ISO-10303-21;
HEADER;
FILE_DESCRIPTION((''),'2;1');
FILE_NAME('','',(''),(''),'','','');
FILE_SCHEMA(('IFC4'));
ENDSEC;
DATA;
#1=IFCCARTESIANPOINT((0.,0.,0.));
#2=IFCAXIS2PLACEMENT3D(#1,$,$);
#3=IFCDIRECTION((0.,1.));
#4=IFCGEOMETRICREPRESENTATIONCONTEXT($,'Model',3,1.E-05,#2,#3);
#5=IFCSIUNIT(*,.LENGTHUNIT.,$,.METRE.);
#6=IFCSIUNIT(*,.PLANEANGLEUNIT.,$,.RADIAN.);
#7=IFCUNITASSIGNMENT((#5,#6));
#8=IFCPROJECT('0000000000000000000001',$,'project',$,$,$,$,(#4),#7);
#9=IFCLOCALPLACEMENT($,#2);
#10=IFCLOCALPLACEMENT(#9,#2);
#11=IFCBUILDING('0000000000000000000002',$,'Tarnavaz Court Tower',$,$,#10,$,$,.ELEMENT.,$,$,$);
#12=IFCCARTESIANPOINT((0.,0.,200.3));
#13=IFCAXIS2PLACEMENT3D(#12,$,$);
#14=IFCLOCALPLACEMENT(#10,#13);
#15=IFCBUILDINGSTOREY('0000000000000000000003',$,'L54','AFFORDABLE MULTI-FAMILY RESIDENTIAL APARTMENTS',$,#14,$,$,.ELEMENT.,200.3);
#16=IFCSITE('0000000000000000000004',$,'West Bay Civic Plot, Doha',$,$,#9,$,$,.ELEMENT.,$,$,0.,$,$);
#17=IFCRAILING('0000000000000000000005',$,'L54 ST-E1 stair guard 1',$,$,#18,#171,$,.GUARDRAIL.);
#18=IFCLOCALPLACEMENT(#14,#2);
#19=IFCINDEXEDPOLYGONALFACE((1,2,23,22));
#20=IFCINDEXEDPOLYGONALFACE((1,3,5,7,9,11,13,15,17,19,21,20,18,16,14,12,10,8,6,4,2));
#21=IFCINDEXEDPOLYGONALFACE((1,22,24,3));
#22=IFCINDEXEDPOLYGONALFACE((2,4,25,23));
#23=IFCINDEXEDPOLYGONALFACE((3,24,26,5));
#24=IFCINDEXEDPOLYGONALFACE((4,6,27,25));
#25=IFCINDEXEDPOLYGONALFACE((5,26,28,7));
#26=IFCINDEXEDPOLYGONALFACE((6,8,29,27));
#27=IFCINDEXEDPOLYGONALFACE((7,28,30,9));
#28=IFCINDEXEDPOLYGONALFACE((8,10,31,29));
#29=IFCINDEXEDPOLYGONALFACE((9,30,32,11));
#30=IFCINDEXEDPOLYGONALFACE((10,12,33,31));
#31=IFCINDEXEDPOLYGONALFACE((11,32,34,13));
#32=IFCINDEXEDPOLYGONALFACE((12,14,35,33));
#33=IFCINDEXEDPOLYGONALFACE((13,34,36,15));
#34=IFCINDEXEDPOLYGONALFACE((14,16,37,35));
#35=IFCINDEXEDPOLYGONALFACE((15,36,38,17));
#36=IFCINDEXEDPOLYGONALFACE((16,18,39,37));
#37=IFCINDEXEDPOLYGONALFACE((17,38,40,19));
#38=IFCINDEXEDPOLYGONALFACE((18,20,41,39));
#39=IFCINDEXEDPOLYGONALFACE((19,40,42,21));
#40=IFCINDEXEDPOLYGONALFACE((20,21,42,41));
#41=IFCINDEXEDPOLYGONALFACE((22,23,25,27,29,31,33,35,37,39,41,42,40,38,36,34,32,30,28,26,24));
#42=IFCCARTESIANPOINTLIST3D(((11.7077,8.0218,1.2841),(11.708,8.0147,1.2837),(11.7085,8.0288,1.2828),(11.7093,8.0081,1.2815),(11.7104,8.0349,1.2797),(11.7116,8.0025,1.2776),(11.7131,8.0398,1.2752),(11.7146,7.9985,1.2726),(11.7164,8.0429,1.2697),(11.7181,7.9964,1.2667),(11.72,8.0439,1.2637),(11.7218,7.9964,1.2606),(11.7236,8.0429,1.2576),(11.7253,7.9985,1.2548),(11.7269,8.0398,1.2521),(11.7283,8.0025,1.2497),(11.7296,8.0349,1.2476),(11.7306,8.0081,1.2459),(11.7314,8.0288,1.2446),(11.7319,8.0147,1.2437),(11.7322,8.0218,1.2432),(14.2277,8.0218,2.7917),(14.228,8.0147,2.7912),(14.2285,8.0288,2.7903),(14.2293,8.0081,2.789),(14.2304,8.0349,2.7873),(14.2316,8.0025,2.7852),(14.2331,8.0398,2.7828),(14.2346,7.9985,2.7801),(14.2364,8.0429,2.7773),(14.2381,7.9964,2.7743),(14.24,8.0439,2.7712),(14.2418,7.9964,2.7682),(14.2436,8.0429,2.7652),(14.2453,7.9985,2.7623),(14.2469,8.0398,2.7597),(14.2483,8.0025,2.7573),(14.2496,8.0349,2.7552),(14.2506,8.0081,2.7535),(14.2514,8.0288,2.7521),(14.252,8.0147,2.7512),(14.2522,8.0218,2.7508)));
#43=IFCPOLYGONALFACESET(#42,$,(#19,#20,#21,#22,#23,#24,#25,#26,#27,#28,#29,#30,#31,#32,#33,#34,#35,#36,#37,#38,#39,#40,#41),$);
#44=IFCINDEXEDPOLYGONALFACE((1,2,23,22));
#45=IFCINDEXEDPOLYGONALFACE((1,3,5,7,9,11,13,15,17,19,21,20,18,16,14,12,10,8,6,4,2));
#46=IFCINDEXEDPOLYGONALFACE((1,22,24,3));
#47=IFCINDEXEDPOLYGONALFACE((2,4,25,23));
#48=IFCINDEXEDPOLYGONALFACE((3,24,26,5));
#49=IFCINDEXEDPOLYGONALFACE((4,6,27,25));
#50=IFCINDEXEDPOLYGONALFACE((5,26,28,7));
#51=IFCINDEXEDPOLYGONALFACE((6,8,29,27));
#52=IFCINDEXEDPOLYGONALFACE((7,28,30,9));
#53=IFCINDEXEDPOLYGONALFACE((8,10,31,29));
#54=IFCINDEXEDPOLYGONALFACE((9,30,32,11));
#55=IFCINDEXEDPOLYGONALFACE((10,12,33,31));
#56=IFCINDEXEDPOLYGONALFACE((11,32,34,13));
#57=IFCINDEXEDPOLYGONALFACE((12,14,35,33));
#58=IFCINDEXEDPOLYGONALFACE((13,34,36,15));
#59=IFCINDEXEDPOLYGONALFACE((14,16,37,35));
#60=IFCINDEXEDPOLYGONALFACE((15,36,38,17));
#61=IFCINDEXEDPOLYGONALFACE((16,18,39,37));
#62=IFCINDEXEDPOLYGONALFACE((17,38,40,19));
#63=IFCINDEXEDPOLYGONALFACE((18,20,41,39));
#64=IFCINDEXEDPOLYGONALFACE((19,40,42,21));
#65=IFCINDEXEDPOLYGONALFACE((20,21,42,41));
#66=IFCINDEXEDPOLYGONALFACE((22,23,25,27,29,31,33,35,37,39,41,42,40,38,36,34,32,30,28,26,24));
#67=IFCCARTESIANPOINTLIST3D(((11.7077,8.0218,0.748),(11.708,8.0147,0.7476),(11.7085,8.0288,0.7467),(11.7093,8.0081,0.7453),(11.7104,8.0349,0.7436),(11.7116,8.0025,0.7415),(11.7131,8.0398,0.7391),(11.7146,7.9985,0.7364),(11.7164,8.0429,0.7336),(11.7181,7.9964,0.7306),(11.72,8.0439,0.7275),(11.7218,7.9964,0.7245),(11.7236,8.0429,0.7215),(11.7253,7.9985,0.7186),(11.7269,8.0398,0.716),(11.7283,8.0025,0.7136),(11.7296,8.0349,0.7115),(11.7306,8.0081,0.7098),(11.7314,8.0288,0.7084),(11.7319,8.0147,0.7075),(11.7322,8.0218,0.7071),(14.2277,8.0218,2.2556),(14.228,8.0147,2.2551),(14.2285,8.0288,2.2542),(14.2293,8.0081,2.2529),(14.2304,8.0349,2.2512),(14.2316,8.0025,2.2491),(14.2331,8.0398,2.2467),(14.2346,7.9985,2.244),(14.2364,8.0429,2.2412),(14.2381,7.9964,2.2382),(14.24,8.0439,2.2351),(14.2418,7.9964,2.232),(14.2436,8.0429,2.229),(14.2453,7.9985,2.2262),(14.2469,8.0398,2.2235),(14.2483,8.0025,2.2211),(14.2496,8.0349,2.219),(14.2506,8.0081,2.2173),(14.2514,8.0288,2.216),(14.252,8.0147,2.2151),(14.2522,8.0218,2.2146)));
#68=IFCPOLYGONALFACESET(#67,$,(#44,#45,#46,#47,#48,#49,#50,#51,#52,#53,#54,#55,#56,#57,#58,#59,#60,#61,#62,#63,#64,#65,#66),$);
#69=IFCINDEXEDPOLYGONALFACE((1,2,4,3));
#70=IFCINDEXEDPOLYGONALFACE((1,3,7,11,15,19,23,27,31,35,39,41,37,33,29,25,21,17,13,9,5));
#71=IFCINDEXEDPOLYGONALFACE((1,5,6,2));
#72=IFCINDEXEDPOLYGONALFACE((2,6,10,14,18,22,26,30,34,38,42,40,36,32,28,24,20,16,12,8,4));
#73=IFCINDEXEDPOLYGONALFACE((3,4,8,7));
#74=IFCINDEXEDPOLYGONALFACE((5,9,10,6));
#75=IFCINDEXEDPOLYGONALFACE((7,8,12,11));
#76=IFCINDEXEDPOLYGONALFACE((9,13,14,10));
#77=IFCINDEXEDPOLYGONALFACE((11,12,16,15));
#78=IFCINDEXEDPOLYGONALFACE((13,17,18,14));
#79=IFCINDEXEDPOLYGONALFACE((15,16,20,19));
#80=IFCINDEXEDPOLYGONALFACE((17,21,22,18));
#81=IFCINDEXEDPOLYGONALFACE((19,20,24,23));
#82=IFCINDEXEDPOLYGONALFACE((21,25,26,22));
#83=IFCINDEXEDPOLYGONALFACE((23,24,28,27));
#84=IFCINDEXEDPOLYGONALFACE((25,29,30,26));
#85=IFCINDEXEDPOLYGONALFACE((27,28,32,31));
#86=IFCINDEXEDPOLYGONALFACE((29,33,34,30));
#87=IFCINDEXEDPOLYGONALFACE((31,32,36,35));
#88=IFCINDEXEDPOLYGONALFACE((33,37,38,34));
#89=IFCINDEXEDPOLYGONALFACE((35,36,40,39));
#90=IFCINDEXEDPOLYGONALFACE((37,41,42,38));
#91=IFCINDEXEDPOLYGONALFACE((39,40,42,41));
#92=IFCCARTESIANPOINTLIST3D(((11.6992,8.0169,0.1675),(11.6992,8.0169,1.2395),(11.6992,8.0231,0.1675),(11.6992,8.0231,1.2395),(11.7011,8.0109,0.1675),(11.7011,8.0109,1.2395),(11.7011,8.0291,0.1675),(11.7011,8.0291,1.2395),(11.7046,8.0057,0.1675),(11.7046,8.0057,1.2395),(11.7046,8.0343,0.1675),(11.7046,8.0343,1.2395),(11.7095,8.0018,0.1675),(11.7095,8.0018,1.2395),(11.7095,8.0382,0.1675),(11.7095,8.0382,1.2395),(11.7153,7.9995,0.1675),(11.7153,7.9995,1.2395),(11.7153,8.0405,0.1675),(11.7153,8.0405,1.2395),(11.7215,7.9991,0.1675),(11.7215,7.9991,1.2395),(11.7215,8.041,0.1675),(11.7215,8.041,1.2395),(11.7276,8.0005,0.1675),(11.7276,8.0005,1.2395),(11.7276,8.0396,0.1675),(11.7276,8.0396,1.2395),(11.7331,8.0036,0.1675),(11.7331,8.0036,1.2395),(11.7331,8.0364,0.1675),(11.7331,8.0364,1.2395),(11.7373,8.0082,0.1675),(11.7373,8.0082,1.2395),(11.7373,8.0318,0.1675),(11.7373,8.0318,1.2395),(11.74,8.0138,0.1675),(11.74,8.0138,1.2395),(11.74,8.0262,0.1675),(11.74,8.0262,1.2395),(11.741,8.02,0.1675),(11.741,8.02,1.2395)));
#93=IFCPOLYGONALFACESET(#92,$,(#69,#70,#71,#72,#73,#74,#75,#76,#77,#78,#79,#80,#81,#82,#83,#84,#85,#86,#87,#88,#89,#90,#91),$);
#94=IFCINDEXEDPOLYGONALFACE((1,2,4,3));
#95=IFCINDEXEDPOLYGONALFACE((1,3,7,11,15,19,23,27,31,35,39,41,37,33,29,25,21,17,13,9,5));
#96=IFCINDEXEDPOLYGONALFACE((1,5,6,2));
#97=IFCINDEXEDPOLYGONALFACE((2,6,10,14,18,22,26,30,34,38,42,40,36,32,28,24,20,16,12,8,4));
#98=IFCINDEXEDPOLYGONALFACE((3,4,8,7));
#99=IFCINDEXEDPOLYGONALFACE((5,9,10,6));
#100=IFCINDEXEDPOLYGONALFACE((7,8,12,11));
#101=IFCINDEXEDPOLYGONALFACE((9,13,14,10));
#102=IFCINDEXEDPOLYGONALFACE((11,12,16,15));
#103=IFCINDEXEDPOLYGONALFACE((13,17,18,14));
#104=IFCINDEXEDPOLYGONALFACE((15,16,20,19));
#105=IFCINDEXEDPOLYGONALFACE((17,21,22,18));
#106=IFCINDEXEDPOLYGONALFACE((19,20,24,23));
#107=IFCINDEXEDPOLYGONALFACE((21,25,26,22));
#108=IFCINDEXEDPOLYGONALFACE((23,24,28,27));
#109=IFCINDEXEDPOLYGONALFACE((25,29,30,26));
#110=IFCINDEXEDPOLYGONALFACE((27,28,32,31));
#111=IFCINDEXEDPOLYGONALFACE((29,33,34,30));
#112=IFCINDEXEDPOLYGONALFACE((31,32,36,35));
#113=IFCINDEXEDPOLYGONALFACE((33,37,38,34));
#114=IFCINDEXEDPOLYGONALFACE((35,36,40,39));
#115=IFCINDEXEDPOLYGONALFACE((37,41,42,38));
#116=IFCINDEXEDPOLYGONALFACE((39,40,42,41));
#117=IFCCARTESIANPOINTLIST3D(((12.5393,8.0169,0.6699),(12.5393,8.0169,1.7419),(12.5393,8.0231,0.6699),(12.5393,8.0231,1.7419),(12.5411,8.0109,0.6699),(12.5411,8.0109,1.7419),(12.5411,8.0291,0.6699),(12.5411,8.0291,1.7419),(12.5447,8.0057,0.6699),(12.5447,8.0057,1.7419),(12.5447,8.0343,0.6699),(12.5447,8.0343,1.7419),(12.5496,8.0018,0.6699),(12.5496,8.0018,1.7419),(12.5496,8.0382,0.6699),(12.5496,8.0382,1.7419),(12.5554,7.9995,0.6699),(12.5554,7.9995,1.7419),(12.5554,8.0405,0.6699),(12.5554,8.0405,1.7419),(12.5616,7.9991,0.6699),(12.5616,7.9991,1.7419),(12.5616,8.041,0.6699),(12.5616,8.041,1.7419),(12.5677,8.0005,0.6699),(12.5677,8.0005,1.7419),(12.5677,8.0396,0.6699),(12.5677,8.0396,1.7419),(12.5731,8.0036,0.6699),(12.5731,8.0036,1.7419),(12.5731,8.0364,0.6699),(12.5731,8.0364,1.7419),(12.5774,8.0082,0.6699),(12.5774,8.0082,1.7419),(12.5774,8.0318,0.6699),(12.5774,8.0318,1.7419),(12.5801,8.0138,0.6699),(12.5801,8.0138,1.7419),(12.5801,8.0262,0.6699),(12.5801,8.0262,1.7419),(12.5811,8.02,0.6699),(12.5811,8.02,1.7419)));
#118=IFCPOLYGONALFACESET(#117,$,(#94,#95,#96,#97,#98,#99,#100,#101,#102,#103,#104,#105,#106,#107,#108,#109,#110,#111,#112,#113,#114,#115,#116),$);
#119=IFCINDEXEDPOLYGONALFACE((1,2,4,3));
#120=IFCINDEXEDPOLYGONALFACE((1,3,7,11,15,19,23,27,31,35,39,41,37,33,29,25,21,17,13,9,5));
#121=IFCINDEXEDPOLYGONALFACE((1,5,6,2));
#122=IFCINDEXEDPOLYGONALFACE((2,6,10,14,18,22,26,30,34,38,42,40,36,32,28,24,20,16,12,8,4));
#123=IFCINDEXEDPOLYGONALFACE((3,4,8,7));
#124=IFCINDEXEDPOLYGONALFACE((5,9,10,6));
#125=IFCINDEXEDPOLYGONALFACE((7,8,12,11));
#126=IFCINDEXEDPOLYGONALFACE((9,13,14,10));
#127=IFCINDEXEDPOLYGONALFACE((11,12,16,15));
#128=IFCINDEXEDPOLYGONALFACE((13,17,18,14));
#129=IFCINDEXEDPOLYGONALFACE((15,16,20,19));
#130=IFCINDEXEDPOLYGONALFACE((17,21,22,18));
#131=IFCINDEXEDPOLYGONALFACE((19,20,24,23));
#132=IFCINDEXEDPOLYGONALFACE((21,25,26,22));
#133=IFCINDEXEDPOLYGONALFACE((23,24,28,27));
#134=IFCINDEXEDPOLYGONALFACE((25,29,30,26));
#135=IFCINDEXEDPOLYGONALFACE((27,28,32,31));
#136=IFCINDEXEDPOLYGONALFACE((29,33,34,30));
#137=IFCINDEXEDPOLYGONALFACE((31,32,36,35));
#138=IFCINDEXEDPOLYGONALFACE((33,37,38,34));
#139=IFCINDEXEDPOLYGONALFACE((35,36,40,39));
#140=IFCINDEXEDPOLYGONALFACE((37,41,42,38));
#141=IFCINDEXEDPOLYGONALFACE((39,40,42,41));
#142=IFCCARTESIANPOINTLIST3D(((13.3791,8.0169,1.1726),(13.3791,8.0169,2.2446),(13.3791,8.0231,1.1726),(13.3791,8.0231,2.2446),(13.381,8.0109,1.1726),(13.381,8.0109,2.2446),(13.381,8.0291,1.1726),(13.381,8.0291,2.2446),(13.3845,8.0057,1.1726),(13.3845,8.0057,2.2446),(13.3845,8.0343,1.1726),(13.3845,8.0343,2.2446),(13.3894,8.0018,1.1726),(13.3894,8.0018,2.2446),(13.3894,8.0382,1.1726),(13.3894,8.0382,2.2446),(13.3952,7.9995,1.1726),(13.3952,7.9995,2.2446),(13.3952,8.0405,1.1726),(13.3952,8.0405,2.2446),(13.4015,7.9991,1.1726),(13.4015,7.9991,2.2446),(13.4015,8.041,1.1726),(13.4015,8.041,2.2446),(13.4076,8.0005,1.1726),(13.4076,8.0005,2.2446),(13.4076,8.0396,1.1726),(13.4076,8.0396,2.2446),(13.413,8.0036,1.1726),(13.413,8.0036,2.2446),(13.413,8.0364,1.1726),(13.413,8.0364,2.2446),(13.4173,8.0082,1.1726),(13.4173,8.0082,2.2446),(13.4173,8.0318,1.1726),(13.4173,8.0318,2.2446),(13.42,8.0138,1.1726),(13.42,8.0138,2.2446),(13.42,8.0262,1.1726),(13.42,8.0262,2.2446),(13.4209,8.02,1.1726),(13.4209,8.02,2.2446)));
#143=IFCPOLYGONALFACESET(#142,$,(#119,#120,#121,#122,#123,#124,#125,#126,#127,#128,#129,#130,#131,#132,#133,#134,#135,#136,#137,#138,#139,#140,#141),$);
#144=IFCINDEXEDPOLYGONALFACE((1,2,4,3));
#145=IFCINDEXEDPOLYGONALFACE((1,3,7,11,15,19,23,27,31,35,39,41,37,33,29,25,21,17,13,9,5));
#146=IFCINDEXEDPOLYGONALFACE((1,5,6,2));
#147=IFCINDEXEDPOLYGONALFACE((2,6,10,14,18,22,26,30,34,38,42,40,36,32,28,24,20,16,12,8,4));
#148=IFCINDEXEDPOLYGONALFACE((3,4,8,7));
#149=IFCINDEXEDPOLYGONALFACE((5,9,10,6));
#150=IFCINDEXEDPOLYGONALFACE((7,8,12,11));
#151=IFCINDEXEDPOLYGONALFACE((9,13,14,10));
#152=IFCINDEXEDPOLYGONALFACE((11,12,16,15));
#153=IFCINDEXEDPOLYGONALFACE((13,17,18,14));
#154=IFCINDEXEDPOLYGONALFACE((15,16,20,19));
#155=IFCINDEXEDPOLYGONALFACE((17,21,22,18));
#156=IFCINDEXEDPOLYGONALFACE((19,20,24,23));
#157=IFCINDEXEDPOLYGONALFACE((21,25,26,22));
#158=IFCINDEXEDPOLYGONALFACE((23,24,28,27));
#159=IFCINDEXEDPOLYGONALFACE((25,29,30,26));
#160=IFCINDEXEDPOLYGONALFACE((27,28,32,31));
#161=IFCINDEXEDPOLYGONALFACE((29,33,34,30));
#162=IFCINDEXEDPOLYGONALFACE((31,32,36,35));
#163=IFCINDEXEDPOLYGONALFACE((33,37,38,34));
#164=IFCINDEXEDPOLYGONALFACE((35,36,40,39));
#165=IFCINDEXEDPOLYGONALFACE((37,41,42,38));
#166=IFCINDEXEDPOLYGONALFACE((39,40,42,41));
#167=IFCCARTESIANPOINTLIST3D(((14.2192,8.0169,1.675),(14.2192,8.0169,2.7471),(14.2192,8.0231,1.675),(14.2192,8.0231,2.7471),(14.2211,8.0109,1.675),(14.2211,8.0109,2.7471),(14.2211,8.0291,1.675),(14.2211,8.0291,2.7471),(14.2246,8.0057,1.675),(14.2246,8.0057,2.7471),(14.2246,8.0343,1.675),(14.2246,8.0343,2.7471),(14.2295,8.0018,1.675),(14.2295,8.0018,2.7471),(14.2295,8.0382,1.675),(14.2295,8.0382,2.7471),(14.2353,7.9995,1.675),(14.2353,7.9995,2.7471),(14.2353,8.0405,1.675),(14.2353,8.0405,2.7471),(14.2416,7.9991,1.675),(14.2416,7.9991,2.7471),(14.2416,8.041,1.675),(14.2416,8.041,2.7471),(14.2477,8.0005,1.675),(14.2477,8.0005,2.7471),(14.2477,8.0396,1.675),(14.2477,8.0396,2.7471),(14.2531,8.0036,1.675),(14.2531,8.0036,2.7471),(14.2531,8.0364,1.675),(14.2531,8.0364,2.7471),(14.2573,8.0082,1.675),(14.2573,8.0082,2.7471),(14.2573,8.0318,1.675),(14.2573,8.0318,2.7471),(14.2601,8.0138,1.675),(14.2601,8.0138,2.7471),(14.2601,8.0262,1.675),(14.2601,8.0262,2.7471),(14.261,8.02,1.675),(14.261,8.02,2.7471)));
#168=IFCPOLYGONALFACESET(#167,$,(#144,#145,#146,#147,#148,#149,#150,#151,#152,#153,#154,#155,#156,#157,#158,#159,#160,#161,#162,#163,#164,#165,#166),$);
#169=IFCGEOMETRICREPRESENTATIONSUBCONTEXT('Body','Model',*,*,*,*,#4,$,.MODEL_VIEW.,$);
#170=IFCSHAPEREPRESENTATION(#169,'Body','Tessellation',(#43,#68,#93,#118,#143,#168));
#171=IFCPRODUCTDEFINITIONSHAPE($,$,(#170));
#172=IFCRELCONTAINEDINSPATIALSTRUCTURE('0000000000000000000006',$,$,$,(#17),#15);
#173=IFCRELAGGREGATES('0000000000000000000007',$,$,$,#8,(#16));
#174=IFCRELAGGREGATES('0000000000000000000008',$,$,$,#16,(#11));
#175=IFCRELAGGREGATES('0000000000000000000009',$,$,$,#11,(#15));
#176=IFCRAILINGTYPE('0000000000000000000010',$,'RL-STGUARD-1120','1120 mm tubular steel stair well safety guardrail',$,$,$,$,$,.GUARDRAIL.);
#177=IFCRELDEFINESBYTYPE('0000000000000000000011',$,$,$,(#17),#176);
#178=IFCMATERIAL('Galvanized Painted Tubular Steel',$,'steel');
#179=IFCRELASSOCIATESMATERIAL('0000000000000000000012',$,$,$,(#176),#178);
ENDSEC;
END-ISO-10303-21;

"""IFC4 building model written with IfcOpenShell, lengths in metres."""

from ifc_helpers import new_model, si_unit, direction, frame, origin, origin_2d, place, context, subcontext, project, spatial, circle, extrude, material, type_object, element, save


model = new_model("IFC4")

# Units and contexts
model_context = context("Model", 3, precision=1e-05, world=origin(), true_north=direction((0.0, 1.0)))
body_context = subcontext(model_context, "Body", "Model", "MODEL_VIEW")
ifc_project = project(units=[si_unit("LENGTHUNIT", "METRE"), si_unit("PLANEANGLEUNIT", "RADIAN")], contexts=[model_context])

# Site, building, storey
site_placement = place(None, origin())
site = spatial("IfcSite", under=ifc_project, at=site_placement, Name="West Bay Civic Plot, Doha", CompositionType="ELEMENT", RefElevation=0.0)
building_placement = place(site_placement, origin())
building = spatial("IfcBuilding", under=site, at=building_placement, Name="Tarnavaz Court Tower", CompositionType="ELEMENT")
storey_placement = place(building_placement, frame((0.0, 0.0, 200.3)))
storey = spatial("IfcBuildingStorey", under=building, at=storey_placement, Name="L54", Description="AFFORDABLE MULTI-FAMILY RESIDENTIAL APARTMENTS", CompositionType="ELEMENT", Elevation=200.3)

# Railing
ifc_material_1 = material(Name="Galvanized Painted Tubular Steel", Category="steel")
railing_type_1 = type_object("IfcRailingType", Name="RL-STGUARD-1120", Description="1120 mm tubular steel stair well safety guardrail", PredefinedType="GUARDRAIL", material=ifc_material_1)
railing_1_placement = place(storey_placement, frame((11.72, 8.02, 0.1675)))
element("IfcRailing", 1, at=railing_1_placement, inside=storey, type_object=railing_type_1, Name="L54 ST-E1 stair guard 1", PredefinedType="GUARDRAIL", context=body_context, shape_type="SweptSolid", body=[
    extrude(circle(Radius=0.0239, at=origin_2d()), frame((0.0, 0.0, 1.0962), z_axis=(0.85816, 0.0, 0.513383), x_axis=(0.0, 1.0, 0.0)), (0.0, 0.0, 1.0), 2.9365),
    extrude(circle(Radius=0.0239, at=origin_2d()), frame((0.0, 0.0, 0.5601), z_axis=(0.85816, 0.0, 0.513383), x_axis=(0.0, 1.0, 0.0)), (0.0, 0.0, 1.0), 2.9365),
    extrude(circle(Radius=0.021, at=origin_2d()), origin(), (0.0, 0.0, 1.0), 1.072),
    extrude(circle(Radius=0.021, at=origin_2d()), frame((0.8401, 0.0, 0.5024)), (0.0, 0.0, 1.0), 1.072),
    extrude(circle(Radius=0.021, at=origin_2d()), frame((1.6799, 0.0, 1.0051)), (0.0, 0.0, 1.0), 1.072),
    extrude(circle(Radius=0.021, at=origin_2d()), frame((2.52, 0.0, 1.5076)), (0.0, 0.0, 1.0), 1.072),
])

save(model, "model.ifc")
